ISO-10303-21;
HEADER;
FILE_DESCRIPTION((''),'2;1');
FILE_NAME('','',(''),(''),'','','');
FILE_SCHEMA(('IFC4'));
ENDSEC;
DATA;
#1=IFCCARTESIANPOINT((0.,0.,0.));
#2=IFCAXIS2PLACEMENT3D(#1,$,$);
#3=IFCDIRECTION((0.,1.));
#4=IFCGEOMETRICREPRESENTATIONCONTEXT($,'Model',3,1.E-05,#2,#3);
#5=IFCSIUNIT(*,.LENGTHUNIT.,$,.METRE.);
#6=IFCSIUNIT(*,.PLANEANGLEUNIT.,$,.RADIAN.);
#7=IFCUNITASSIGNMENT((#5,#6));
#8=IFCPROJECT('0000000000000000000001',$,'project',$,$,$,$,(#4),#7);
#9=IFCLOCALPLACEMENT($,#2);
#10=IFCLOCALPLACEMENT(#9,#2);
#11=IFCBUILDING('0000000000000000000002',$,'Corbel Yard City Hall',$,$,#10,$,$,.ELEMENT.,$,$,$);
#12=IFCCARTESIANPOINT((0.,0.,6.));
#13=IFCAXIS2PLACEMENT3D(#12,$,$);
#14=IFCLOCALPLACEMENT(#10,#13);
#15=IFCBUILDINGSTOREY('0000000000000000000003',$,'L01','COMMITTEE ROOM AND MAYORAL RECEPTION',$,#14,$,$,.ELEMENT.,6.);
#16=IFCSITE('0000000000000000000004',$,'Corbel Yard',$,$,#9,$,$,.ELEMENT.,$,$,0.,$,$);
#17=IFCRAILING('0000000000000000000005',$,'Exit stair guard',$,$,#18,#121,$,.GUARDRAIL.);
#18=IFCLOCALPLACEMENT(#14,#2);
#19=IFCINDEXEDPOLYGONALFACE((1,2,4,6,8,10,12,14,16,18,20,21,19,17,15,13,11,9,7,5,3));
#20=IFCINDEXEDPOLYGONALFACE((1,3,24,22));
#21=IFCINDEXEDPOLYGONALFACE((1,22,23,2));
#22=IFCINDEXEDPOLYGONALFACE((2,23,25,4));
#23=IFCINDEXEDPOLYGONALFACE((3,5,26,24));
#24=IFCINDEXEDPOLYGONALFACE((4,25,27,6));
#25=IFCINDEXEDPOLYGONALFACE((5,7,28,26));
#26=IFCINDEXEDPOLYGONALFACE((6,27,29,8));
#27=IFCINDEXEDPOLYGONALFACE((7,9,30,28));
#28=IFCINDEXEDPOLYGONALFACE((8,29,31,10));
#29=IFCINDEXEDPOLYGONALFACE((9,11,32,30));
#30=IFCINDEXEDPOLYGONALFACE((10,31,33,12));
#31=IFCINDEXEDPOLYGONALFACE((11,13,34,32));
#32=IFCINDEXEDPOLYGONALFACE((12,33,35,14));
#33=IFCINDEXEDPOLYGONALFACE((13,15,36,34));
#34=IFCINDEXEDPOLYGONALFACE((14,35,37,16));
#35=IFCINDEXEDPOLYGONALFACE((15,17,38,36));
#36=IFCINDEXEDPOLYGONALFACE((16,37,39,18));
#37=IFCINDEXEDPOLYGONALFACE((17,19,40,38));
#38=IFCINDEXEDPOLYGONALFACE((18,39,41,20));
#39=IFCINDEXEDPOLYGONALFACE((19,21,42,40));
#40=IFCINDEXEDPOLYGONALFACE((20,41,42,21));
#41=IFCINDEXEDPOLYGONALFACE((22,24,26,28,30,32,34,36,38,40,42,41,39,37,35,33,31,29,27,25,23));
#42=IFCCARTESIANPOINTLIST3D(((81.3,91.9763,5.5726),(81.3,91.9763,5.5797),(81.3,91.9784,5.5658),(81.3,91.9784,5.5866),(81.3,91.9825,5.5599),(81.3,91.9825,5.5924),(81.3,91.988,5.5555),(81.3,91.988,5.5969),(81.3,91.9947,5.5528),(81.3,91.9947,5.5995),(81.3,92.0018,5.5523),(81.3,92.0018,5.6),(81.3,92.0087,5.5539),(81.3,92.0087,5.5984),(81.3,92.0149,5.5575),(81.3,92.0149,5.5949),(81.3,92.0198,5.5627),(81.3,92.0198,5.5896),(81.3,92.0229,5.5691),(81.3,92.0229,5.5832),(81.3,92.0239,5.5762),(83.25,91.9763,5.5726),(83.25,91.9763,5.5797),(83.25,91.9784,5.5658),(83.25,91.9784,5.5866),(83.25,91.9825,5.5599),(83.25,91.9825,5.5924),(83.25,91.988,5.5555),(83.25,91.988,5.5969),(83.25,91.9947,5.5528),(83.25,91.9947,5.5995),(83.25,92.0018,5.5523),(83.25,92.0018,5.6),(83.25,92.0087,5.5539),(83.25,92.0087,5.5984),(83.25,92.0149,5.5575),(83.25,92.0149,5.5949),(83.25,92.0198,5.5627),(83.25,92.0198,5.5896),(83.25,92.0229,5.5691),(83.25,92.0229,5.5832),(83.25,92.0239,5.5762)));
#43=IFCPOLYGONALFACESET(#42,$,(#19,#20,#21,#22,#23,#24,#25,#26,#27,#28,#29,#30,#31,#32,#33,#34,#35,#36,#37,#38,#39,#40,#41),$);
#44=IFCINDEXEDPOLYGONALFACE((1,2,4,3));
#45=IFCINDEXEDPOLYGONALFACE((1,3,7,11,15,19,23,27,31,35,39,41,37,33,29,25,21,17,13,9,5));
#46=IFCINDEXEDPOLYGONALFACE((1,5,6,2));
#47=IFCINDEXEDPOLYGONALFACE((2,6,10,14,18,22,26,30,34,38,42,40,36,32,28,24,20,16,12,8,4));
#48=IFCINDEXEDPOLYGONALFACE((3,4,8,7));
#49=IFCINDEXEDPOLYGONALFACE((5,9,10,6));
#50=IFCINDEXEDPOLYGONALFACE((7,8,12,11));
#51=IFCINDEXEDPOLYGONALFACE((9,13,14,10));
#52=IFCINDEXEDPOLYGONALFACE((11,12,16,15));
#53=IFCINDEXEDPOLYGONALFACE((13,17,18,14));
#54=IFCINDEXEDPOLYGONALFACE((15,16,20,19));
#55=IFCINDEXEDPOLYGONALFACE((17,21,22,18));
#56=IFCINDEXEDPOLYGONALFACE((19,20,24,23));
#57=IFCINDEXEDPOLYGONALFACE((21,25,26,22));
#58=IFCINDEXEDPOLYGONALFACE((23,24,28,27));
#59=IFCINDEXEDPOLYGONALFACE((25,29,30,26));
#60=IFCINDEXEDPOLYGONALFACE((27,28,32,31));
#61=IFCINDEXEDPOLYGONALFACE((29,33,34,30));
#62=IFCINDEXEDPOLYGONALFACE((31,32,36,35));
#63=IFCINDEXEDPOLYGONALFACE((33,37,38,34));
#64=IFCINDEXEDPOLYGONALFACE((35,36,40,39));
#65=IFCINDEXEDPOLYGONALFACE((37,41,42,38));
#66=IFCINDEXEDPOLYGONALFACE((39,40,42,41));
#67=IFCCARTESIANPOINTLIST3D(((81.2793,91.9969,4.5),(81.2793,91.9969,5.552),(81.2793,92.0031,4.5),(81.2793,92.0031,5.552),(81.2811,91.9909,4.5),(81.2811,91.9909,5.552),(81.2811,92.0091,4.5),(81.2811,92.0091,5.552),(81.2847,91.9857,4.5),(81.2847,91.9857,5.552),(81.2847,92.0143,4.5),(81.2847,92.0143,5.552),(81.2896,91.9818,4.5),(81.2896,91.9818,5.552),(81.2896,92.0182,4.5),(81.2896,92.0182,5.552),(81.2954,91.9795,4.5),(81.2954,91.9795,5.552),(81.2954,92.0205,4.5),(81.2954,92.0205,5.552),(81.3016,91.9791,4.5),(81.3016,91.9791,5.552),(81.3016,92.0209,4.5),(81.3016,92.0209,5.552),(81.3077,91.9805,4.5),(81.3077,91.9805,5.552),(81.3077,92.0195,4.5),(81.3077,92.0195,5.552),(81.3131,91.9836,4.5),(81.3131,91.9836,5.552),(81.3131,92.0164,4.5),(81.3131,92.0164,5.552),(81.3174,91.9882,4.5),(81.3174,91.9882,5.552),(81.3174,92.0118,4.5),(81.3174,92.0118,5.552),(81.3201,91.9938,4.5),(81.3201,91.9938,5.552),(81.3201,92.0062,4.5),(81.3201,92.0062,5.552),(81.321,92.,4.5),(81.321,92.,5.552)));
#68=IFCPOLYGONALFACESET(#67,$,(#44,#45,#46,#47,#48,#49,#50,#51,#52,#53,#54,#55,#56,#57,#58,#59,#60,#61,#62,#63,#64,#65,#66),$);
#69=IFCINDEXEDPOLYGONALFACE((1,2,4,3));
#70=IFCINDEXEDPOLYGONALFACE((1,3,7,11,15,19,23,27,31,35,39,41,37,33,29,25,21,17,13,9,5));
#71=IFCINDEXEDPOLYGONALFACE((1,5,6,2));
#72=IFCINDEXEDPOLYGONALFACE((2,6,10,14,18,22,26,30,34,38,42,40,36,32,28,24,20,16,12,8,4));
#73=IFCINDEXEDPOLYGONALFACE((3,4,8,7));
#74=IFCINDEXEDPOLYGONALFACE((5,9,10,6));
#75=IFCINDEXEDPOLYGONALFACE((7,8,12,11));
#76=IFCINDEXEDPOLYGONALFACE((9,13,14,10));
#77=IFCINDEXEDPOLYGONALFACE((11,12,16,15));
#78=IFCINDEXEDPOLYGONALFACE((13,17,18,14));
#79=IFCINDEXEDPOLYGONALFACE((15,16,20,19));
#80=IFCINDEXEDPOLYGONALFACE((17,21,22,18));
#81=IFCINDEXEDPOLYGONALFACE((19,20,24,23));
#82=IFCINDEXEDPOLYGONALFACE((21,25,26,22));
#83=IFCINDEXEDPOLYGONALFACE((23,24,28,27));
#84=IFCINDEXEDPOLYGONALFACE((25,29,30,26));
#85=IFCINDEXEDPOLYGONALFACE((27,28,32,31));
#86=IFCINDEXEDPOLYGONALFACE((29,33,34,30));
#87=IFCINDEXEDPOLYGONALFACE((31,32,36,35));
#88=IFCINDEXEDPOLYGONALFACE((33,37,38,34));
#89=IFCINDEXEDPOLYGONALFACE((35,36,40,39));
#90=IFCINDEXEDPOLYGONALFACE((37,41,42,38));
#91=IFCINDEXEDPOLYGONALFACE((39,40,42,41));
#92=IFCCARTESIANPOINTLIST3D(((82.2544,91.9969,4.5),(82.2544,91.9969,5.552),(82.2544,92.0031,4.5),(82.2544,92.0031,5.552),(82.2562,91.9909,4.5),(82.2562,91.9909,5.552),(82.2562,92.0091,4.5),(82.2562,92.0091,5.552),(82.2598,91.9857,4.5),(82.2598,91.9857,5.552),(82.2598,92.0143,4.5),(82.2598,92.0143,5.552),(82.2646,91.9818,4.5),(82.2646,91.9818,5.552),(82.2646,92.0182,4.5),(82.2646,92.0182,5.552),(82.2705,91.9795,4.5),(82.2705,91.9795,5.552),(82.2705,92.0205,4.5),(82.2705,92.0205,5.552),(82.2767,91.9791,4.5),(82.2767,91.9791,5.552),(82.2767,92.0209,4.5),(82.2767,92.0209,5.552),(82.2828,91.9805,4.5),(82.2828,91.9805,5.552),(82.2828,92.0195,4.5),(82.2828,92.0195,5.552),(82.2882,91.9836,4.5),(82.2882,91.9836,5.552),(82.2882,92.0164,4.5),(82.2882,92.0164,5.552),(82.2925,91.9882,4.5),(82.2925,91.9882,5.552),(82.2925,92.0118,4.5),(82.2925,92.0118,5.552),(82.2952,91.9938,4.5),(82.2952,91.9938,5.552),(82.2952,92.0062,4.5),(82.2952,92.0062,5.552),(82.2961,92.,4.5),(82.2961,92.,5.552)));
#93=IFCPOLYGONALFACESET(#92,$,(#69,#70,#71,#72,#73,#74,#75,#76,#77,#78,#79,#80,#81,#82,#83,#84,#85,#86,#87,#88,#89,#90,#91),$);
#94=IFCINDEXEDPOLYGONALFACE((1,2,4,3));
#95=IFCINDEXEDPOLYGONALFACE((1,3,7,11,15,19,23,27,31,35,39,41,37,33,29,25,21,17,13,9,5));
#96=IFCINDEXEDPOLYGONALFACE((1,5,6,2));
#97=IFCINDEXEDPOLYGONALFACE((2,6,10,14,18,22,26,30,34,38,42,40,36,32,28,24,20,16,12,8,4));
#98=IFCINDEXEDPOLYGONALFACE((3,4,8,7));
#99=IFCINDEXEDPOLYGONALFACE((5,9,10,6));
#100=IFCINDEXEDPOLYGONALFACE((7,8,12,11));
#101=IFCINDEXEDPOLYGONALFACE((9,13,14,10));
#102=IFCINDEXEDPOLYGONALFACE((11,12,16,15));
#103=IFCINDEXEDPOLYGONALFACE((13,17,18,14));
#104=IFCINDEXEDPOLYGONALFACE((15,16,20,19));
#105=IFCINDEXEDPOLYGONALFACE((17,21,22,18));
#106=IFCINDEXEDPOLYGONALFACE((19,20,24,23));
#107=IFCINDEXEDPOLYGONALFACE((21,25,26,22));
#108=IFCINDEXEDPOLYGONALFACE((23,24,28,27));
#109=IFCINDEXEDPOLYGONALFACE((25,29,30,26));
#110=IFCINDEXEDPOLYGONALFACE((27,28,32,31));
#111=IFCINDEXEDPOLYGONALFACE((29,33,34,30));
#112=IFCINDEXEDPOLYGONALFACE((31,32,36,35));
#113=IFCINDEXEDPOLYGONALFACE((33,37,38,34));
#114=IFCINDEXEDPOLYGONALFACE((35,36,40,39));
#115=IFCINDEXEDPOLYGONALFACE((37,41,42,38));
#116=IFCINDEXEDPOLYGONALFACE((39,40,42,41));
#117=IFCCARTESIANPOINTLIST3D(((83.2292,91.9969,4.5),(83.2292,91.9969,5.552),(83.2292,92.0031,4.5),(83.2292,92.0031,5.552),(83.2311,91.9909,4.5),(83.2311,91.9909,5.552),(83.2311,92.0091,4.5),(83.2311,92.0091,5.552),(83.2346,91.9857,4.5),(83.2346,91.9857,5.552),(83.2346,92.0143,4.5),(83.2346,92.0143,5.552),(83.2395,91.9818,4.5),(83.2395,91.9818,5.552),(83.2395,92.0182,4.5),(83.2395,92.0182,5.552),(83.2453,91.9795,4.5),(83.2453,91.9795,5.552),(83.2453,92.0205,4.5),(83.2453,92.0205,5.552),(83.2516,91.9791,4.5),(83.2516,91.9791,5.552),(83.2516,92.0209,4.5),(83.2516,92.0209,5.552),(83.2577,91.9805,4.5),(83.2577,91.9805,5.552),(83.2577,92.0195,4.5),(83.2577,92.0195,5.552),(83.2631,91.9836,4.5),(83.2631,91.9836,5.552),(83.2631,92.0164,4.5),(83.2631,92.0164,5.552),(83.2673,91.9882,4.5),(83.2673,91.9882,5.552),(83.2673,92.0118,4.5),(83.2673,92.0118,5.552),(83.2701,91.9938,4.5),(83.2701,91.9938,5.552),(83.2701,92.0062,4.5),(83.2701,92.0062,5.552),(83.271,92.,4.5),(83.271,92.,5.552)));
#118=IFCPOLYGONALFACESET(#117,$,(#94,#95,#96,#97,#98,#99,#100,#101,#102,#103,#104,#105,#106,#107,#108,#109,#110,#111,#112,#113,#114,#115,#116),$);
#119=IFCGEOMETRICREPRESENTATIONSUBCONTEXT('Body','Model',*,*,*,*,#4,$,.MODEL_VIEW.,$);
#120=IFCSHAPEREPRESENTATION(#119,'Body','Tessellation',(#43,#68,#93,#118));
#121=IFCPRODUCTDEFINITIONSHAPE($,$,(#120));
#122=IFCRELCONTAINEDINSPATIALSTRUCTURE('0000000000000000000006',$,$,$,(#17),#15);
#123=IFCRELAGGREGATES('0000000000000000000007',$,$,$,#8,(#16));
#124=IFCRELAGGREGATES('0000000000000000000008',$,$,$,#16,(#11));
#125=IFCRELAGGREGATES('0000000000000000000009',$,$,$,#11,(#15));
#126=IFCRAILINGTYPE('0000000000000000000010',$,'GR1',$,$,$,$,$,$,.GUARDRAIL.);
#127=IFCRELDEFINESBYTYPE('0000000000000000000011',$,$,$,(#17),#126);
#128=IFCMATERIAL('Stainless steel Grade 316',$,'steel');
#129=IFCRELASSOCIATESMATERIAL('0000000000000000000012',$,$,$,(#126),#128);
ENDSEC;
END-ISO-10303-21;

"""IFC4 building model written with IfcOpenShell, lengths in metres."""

from ifc_helpers import new_model, si_unit, direction, frame, origin, origin_2d, place, context, subcontext, project, spatial, circle, extrude, material, type_object, element, save


model = new_model("IFC4")

# Units and contexts
model_context = context("Model", 3, precision=1e-05, world=origin(), true_north=direction((0.0, 1.0)))
body_context = subcontext(model_context, "Body", "Model", "MODEL_VIEW")
ifc_project = project(units=[si_unit("LENGTHUNIT", "METRE"), si_unit("PLANEANGLEUNIT", "RADIAN")], contexts=[model_context])

# Site, building, storey
site_placement = place(None, origin())
site = spatial("IfcSite", under=ifc_project, at=site_placement, Name="Corbel Yard", CompositionType="ELEMENT", RefElevation=0.0)
building_placement = place(site_placement, origin())
building = spatial("IfcBuilding", under=site, at=building_placement, Name="Corbel Yard City Hall", CompositionType="ELEMENT")
storey_placement = place(building_placement, frame((0.0, 0.0, 6.0)))
storey = spatial("IfcBuildingStorey", under=building, at=storey_placement, Name="L01", Description="COMMITTEE ROOM AND MAYORAL RECEPTION", CompositionType="ELEMENT", Elevation=6.0)

# Shared definitions
ifc_material_1 = material(Name="Stainless steel Grade 316", Category="steel")

# Railing
railing_type_1 = type_object("IfcRailingType", Name="GR1", PredefinedType="GUARDRAIL", material=ifc_material_1)
railing_placement = place(storey_placement, frame((81.3, 92.0, 4.5)))
element("IfcRailing", 1, at=railing_placement, inside=storey, type_object=railing_type_1, Name="Exit stair guard", PredefinedType="GUARDRAIL", context=body_context, shape_type="SweptSolid", body=[
    extrude(circle(Radius=0.0239, at=origin_2d()), frame((0.0, 0.0, 1.0762), z_axis=(1.0, 0.0, 0.0), x_axis=(0.0, 1.0, 0.0)), (0.0, 0.0, 1.0), 1.95),
    extrude(circle(Radius=0.021, at=origin_2d()), origin(), (0.0, 0.0, 1.0), 1.052),
    extrude(circle(Radius=0.021, at=origin_2d()), frame((0.9751, 0.0, 0.0)), (0.0, 0.0, 1.0), 1.052),
    extrude(circle(Radius=0.021, at=origin_2d()), frame((1.95, 0.0, 0.0)), (0.0, 0.0, 1.0), 1.052),
])

save(model, "model.ifc")
